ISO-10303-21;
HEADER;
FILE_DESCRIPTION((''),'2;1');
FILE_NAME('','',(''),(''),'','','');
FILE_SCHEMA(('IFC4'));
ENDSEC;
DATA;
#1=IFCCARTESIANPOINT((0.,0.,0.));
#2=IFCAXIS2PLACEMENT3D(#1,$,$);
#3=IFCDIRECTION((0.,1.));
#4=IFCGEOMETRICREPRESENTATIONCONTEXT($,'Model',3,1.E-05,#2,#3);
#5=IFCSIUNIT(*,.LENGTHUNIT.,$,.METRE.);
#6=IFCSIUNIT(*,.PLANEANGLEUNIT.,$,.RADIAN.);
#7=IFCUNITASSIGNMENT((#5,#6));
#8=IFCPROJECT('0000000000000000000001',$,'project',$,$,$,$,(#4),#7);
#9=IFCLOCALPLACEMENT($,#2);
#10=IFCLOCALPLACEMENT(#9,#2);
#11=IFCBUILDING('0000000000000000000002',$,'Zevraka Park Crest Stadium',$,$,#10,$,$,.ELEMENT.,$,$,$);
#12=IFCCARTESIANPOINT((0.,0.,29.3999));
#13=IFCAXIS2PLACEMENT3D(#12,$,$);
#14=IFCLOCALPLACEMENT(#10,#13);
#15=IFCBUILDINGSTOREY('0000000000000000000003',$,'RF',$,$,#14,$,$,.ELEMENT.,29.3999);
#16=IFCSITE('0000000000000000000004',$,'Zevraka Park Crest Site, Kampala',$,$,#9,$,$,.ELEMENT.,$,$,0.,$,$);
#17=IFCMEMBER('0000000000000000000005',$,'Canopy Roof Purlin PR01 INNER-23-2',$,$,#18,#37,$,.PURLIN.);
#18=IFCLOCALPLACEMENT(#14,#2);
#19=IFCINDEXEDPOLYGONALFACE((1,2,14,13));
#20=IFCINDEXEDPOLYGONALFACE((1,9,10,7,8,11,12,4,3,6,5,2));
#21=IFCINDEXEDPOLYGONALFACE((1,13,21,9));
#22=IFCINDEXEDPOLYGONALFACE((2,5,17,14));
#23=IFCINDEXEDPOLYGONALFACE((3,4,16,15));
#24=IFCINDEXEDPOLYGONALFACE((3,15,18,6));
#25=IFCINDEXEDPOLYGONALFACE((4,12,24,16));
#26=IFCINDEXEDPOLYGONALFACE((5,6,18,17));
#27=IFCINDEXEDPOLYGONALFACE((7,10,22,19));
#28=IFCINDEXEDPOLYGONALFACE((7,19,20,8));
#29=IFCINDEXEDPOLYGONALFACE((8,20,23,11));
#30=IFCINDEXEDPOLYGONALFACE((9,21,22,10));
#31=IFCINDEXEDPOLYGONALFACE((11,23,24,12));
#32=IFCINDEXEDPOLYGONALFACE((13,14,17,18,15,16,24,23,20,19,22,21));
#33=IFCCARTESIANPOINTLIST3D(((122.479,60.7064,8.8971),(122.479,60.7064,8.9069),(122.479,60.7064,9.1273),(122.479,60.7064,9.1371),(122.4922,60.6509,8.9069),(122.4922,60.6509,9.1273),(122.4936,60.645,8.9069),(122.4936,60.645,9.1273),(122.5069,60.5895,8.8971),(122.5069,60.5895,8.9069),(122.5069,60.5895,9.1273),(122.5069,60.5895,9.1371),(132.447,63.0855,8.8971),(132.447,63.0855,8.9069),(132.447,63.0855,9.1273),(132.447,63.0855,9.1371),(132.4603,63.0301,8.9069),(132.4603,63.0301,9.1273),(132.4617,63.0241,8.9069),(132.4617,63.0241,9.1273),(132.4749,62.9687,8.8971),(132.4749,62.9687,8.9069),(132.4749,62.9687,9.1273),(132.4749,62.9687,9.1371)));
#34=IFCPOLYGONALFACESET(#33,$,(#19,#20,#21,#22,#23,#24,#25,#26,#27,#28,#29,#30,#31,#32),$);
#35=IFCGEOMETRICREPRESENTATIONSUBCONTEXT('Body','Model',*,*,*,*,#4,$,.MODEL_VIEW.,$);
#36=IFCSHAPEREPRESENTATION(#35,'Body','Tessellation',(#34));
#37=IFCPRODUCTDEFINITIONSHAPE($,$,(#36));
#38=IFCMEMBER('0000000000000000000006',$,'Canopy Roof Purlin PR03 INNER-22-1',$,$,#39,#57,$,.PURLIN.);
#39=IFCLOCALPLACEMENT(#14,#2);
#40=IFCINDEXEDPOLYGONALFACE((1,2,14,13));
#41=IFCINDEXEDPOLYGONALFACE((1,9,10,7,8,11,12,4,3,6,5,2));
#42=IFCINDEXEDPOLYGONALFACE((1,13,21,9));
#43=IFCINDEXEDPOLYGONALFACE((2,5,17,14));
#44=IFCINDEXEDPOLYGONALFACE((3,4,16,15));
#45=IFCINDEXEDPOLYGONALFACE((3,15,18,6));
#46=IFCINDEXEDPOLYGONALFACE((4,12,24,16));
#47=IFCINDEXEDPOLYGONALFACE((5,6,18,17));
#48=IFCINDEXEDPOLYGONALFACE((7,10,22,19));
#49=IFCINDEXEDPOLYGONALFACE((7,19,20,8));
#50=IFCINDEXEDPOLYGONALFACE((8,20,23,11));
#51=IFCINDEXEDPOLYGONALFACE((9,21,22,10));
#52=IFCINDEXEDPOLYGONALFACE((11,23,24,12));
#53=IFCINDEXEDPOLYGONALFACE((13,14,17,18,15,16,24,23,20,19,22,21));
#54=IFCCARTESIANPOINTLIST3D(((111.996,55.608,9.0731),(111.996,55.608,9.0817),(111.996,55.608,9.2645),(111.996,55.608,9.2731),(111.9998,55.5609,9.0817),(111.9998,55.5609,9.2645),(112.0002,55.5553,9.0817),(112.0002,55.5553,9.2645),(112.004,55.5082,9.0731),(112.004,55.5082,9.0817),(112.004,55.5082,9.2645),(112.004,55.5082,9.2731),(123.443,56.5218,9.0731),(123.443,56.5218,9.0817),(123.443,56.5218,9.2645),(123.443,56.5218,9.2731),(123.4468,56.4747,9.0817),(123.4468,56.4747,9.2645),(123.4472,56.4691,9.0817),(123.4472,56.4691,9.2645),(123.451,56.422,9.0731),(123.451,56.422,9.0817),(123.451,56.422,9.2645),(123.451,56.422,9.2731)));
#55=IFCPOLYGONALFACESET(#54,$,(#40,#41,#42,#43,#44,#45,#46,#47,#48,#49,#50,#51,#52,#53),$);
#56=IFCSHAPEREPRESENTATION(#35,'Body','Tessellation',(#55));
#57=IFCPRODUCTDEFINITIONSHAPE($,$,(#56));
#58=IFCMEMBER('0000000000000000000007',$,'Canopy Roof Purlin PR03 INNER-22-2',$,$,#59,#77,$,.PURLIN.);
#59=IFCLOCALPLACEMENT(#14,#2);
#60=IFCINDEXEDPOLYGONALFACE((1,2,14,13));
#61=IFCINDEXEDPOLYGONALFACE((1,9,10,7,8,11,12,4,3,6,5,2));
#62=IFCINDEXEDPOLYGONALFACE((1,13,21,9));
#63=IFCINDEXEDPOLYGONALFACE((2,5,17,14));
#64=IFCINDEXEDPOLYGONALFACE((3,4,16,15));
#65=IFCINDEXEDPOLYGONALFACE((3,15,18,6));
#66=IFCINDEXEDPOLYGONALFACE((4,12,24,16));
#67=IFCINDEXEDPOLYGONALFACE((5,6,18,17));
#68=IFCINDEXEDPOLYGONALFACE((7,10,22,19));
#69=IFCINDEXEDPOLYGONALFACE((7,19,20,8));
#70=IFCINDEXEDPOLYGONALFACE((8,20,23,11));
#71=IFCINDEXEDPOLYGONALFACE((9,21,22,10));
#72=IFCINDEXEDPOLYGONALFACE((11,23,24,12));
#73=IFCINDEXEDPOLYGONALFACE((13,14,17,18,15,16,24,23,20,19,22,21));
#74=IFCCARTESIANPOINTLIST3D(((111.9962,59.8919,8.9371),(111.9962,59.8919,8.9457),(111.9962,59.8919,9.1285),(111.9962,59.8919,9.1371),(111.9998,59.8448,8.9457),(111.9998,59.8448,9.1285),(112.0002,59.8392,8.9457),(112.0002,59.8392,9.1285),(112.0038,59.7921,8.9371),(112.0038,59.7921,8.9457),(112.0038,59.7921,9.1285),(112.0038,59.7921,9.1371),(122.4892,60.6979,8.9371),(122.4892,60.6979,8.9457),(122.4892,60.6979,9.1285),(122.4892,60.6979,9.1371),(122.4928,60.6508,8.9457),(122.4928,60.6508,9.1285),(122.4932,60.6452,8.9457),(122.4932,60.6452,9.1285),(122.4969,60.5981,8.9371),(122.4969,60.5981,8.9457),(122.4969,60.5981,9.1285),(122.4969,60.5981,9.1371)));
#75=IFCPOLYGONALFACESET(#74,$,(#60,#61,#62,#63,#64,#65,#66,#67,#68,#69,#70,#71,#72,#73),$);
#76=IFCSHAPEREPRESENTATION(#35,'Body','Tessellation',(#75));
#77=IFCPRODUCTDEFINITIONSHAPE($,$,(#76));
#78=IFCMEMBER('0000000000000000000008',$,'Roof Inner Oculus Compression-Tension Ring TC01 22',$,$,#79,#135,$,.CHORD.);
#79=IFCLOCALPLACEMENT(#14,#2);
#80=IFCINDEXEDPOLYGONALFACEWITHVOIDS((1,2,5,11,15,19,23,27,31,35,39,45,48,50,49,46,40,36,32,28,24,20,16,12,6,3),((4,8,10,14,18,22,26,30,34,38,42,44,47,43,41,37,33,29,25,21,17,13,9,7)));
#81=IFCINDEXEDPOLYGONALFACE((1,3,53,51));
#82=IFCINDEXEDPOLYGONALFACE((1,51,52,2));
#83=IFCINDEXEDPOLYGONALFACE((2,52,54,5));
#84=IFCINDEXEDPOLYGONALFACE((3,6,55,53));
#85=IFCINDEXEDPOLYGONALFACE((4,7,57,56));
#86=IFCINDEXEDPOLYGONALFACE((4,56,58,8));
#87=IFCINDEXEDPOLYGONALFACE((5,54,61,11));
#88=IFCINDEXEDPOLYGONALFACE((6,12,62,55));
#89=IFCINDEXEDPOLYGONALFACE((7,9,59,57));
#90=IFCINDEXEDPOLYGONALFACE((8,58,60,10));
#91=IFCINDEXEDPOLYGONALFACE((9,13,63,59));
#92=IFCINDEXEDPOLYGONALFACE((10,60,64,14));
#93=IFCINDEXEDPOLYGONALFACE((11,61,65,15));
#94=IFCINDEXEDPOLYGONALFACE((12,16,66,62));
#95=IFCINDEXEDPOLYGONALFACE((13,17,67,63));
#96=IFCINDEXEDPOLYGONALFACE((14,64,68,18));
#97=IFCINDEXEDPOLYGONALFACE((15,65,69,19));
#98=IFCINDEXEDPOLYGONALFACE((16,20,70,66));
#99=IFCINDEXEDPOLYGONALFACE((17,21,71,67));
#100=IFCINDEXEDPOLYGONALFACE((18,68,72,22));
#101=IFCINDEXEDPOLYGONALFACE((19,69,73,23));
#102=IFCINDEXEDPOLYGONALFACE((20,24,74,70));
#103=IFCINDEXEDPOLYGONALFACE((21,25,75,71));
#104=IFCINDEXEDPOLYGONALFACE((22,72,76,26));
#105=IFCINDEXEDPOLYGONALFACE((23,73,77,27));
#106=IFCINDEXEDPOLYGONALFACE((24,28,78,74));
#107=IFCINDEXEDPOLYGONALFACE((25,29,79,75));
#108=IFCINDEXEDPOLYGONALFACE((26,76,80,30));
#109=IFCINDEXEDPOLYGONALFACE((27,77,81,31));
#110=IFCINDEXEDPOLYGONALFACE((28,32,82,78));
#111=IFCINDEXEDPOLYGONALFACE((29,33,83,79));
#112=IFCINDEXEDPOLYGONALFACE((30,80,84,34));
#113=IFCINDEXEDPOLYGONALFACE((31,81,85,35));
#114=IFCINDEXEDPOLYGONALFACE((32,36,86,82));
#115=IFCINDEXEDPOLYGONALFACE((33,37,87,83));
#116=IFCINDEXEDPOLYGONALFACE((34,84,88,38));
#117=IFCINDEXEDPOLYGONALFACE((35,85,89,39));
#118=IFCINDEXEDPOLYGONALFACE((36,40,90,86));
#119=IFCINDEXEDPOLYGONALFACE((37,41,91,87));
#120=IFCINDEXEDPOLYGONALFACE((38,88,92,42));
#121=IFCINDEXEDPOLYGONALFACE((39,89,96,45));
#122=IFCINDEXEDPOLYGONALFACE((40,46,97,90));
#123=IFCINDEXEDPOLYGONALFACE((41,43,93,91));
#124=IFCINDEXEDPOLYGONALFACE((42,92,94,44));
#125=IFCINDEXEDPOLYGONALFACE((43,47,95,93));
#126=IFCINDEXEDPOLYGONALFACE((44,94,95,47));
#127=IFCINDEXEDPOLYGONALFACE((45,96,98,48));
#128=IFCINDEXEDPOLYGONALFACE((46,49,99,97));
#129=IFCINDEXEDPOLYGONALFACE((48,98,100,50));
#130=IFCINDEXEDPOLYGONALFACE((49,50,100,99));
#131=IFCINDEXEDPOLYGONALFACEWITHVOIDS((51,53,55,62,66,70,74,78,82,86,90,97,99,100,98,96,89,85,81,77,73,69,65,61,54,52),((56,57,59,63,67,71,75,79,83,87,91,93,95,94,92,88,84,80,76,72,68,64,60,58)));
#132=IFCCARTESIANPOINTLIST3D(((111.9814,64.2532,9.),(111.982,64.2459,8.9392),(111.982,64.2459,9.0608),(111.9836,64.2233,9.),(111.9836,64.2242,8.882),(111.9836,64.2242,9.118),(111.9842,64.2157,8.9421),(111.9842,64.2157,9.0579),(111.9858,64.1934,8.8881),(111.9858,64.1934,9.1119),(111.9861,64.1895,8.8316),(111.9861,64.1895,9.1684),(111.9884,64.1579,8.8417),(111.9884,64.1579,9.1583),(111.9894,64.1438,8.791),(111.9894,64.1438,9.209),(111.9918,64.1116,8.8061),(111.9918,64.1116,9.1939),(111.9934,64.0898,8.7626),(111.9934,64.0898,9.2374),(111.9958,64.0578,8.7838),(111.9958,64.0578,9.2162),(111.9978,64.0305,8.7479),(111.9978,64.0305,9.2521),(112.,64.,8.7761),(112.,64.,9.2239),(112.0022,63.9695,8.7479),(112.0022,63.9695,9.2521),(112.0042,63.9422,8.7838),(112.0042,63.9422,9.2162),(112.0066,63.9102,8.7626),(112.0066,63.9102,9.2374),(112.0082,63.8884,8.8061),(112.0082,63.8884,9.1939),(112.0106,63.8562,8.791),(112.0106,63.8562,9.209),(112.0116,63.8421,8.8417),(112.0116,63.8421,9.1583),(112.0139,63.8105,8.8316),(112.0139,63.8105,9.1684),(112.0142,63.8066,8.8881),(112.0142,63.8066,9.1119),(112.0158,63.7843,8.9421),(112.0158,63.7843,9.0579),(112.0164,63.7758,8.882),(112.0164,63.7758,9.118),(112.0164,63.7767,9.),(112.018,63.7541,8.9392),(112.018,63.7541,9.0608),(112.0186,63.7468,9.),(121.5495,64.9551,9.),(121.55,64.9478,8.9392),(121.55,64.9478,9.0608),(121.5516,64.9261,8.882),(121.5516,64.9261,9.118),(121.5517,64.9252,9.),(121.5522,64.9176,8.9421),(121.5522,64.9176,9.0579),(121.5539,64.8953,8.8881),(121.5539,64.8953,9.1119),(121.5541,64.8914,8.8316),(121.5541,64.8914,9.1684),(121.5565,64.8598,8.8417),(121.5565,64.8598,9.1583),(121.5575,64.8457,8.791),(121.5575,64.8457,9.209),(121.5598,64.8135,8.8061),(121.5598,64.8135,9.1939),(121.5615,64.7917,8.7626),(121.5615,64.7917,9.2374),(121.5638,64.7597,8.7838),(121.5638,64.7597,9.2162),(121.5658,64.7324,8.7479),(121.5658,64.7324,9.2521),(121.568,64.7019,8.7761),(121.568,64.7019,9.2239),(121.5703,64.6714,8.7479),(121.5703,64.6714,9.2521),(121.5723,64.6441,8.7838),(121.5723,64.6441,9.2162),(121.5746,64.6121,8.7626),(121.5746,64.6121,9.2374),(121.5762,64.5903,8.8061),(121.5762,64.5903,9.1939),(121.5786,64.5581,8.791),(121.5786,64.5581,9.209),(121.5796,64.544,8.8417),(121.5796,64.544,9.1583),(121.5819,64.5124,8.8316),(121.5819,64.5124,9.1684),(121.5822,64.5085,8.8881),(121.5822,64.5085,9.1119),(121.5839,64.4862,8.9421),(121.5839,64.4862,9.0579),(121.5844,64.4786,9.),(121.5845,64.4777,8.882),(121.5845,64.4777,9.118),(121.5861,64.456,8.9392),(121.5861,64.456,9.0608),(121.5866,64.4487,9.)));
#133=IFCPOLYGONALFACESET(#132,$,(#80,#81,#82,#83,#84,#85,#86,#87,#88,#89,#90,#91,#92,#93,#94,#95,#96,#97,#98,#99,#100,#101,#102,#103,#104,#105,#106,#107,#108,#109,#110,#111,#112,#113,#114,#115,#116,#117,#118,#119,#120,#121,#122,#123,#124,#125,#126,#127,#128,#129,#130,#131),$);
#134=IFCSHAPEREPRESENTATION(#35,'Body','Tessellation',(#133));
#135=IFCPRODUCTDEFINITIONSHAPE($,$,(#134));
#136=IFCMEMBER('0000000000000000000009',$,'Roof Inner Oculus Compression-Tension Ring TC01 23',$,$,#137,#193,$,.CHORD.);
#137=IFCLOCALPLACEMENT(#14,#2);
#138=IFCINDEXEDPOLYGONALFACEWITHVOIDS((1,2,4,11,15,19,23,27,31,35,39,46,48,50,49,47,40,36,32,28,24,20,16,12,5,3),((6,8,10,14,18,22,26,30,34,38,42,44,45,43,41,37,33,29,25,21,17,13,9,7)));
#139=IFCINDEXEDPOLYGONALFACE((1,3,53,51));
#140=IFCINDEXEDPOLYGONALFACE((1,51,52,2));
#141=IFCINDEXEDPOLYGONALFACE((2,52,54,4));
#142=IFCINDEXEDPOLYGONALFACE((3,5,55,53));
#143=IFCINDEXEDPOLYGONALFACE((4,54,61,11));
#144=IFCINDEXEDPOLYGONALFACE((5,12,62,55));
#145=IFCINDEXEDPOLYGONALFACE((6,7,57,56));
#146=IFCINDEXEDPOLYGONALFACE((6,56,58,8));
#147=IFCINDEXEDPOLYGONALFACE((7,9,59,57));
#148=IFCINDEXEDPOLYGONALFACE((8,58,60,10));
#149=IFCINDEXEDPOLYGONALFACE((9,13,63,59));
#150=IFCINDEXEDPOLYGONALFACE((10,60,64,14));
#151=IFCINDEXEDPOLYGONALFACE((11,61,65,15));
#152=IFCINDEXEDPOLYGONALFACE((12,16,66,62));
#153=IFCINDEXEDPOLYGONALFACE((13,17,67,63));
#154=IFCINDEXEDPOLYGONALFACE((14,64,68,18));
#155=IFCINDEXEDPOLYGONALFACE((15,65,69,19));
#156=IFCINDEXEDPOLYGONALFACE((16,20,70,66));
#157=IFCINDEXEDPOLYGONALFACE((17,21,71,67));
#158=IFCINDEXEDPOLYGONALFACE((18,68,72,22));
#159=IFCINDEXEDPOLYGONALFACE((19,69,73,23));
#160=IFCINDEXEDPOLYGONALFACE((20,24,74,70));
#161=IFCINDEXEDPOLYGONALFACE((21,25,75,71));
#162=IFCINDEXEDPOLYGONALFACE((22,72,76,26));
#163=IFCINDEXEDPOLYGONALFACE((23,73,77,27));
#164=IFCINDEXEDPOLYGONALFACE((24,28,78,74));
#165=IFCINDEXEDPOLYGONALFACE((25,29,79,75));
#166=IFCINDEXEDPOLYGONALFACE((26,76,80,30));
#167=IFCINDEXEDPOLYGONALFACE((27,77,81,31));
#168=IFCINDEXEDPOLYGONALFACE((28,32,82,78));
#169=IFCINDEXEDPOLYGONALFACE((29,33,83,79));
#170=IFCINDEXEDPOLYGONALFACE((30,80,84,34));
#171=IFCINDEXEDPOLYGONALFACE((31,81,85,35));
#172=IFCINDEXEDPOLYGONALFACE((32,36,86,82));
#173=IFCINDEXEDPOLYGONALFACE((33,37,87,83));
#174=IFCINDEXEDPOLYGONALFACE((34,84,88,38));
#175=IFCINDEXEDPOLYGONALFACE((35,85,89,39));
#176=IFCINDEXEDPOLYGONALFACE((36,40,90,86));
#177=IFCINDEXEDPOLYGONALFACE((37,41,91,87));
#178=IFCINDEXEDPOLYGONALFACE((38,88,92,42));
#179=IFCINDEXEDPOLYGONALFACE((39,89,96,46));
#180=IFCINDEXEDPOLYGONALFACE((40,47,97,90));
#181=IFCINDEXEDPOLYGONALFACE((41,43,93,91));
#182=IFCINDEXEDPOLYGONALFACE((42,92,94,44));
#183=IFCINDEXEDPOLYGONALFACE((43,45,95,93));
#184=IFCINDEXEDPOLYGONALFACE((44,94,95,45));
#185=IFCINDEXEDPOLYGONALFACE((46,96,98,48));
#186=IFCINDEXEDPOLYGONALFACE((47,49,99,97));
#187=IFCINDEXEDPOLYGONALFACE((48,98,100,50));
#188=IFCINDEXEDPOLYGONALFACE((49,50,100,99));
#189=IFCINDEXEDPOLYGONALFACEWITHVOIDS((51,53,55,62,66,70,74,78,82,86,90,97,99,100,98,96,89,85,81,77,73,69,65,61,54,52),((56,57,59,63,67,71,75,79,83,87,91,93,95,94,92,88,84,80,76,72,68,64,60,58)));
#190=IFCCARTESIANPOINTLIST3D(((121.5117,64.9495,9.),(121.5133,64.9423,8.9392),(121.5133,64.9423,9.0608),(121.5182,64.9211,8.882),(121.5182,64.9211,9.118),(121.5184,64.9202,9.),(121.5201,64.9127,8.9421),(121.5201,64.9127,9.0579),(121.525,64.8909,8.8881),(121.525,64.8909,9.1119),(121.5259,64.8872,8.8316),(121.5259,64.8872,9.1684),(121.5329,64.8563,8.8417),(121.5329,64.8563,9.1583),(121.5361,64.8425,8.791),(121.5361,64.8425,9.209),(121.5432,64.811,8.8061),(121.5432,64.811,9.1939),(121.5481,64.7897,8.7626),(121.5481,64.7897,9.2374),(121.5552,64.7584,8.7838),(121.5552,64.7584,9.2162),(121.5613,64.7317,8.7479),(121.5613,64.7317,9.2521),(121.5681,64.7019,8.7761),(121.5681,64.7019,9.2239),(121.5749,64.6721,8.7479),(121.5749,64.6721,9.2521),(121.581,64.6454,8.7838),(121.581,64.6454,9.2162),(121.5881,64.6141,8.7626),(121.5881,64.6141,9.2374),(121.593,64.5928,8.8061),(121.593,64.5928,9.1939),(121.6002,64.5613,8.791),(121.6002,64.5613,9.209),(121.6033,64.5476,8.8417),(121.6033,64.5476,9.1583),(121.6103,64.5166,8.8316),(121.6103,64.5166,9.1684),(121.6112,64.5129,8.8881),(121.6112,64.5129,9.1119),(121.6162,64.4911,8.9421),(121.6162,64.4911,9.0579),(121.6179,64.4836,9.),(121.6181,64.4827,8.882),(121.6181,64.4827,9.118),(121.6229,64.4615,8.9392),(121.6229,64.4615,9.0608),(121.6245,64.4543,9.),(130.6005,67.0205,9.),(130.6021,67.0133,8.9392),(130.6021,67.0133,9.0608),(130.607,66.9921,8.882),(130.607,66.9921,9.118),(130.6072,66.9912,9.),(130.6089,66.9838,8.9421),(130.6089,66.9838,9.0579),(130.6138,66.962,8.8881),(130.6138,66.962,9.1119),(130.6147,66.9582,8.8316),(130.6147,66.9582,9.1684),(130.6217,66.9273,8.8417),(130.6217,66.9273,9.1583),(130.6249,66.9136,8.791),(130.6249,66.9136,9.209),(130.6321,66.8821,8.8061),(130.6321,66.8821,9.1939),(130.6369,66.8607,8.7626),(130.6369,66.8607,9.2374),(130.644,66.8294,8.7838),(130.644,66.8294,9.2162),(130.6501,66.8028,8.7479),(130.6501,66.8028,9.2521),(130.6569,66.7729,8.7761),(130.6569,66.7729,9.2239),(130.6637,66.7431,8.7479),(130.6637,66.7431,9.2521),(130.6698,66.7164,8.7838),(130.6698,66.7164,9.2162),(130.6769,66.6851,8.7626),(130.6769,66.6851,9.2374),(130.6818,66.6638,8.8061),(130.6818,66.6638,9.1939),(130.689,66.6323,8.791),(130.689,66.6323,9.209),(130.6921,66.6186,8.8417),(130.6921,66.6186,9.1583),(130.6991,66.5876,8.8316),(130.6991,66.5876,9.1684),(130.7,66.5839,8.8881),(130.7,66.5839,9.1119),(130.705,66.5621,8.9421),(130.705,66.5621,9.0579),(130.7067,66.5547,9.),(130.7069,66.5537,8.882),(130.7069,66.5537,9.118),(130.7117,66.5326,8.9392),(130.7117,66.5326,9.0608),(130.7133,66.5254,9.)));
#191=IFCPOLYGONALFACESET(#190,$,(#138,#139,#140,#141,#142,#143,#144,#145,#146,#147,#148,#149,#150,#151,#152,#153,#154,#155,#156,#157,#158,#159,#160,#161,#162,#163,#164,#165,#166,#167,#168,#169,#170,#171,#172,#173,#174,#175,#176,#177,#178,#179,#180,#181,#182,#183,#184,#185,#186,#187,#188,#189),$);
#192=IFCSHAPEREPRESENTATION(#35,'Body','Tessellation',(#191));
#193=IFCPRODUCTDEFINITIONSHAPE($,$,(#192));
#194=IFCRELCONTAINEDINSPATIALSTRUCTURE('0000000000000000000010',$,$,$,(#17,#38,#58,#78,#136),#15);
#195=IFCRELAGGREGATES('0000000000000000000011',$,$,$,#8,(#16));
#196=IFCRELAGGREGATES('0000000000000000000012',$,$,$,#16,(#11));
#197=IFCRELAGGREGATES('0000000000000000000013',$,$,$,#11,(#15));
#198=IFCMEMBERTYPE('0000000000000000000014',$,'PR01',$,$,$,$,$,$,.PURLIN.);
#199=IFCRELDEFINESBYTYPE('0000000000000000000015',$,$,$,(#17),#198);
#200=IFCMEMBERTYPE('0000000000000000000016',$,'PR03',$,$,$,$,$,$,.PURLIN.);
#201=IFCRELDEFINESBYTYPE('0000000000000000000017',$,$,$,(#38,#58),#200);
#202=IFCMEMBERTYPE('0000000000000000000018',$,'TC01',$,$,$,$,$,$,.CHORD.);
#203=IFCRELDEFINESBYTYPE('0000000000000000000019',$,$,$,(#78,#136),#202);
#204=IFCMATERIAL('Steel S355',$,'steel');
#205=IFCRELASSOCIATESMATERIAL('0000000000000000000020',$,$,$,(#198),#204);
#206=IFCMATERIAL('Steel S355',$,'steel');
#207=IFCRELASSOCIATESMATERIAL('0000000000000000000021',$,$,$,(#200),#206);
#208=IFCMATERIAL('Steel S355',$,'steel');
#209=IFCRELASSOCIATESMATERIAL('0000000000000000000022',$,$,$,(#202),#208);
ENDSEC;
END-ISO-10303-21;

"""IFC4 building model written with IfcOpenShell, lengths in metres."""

from ifc_helpers import new_model, si_unit, direction, frame, origin, origin_2d, place, context, subcontext, project, spatial, hollow_circle, i_section, extrude, material, material_profile, profile_set, type_object, element, save


model = new_model("IFC4")

# Units and contexts
model_context = context("Model", 3, precision=1e-05, world=origin(), true_north=direction((0.0, 1.0)))
body_context = subcontext(model_context, "Body", "Model", "MODEL_VIEW")
ifc_project = project(units=[si_unit("LENGTHUNIT", "METRE"), si_unit("PLANEANGLEUNIT", "RADIAN")], contexts=[model_context])

# Site, building, storey
site_placement = place(None, origin())
site = spatial("IfcSite", under=ifc_project, at=site_placement, Name="Zevraka Park Crest Site, Kampala", CompositionType="ELEMENT", RefElevation=0.0)
building_placement = place(site_placement, origin())
building = spatial("IfcBuilding", under=site, at=building_placement, Name="Zevraka Park Crest Stadium", CompositionType="ELEMENT")
storey_placement = place(building_placement, frame((0.0, 0.0, 29.3999)))
storey = spatial("IfcBuildingStorey", under=building, at=storey_placement, Name="RF", CompositionType="ELEMENT", Elevation=29.3999)

# Members
ifc_material_1 = material(Name="Steel S355", Category="steel")
ifc_material_profile_1 = material_profile(ifc_material_1, i_section(OverallWidth=0.1201, OverallDepth=0.24, WebThickness=0.0061, FlangeThickness=0.0098, at=origin_2d()), Name="IPE 240")
ifc_profile_set_1 = profile_set([ifc_material_profile_1], Name="Steel S355")
member_type_1 = type_object("IfcMemberType", Name="PR01", PredefinedType="PURLIN", material=ifc_profile_set_1)
member_1_placement = place(storey_placement, frame((122.4929, 60.6479, 9.0171), z_axis=(0.972678, 0.232157, 0.0), x_axis=(-0.232157, 0.972678, 0.0)))
element("IfcMember", 1, at=member_1_placement, inside=storey, type_object=member_type_1, Name="Canopy Roof Purlin PR01 INNER-23-2", PredefinedType="PURLIN", context=body_context, shape_type="SweptSolid", body=[
    extrude(i_section(OverallWidth=0.1201, OverallDepth=0.24, WebThickness=0.0061, FlangeThickness=0.0098, at=origin_2d()), origin(), (0.0, 0.0, 1.0), 10.248),
])
ifc_material_2 = material(Name="Steel S355", Category="steel")
ifc_material_profile_2 = material_profile(ifc_material_2, i_section(OverallWidth=0.1001, OverallDepth=0.2, WebThickness=0.0056, FlangeThickness=0.0085, at=origin_2d()), Name="IPE 200")
ifc_profile_set_2 = profile_set([ifc_material_profile_2], Name="Steel S355")
member_type_2 = type_object("IfcMemberType", Name="PR03", PredefinedType="PURLIN", material=ifc_profile_set_2)
member_2_placement = place(storey_placement, frame((112.0, 55.5581, 9.1731), z_axis=(0.996829, 0.079577, 0.0), x_axis=(-0.079577, 0.996829, 0.0)))
element("IfcMember", 2, at=member_2_placement, inside=storey, type_object=member_type_2, Name="Canopy Roof Purlin PR03 INNER-22-1", PredefinedType="PURLIN", context=body_context, shape_type="SweptSolid", body=[
    extrude(i_section(OverallWidth=0.1001, OverallDepth=0.2, WebThickness=0.0056, FlangeThickness=0.0085, at=origin_2d()), origin(), (0.0, 0.0, 1.0), 11.4834),
])
member_3_placement = place(storey_placement, frame((112.0, 59.842, 9.0371), z_axis=(0.997063, 0.076579, 0.0), x_axis=(-0.076579, 0.997063, 0.0)))
element("IfcMember", 3, at=member_3_placement, inside=storey, type_object=member_type_2, Name="Canopy Roof Purlin PR03 INNER-22-2", PredefinedType="PURLIN", context=body_context, shape_type="SweptSolid", body=[
    extrude(i_section(OverallWidth=0.1001, OverallDepth=0.2, WebThickness=0.0056, FlangeThickness=0.0085, at=origin_2d()), origin(), (0.0, 0.0, 1.0), 10.5239),
])
ifc_material_3 = material(Name="Steel S355", Category="steel")
ifc_material_profile_3 = material_profile(ifc_material_3, hollow_circle(Radius=0.2539, WallThickness=0.03, at=origin_2d()), Name="CHS 508.0x30")
ifc_profile_set_3 = profile_set([ifc_material_profile_3], Name="Steel S355")
member_type_3 = type_object("IfcMemberType", Name="TC01", PredefinedType="CHORD", material=ifc_profile_set_3)
member_4_placement = place(storey_placement, frame((112.0, 64.0, 9.0), z_axis=(0.99732, 0.073162, 0.0), x_axis=(-0.073162, 0.99732, 0.0)))
element("IfcMember", 4, at=member_4_placement, inside=storey, type_object=member_type_3, Name="Roof Inner Oculus Compression-Tension Ring TC01 22", PredefinedType="CHORD", context=body_context, shape_type="SweptSolid", body=[
    extrude(hollow_circle(Radius=0.2539, WallThickness=0.03, at=origin_2d()), origin(), (0.0, 0.0, 1.0), 9.5938),
])
member_5_placement = place(storey_placement, frame((121.5681, 64.7019, 9.0), z_axis=(0.975008, 0.222171, 0.0), x_axis=(-0.222171, 0.975008, 0.0)))
element("IfcMember", 5, at=member_5_placement, inside=storey, type_object=member_type_3, Name="Roof Inner Oculus Compression-Tension Ring TC01 23", PredefinedType="CHORD", context=body_context, shape_type="SweptSolid", body=[
    extrude(hollow_circle(Radius=0.2539, WallThickness=0.03, at=origin_2d()), origin(), (0.0, 0.0, 1.0), 9.3218),
])

save(model, "model.ifc")
